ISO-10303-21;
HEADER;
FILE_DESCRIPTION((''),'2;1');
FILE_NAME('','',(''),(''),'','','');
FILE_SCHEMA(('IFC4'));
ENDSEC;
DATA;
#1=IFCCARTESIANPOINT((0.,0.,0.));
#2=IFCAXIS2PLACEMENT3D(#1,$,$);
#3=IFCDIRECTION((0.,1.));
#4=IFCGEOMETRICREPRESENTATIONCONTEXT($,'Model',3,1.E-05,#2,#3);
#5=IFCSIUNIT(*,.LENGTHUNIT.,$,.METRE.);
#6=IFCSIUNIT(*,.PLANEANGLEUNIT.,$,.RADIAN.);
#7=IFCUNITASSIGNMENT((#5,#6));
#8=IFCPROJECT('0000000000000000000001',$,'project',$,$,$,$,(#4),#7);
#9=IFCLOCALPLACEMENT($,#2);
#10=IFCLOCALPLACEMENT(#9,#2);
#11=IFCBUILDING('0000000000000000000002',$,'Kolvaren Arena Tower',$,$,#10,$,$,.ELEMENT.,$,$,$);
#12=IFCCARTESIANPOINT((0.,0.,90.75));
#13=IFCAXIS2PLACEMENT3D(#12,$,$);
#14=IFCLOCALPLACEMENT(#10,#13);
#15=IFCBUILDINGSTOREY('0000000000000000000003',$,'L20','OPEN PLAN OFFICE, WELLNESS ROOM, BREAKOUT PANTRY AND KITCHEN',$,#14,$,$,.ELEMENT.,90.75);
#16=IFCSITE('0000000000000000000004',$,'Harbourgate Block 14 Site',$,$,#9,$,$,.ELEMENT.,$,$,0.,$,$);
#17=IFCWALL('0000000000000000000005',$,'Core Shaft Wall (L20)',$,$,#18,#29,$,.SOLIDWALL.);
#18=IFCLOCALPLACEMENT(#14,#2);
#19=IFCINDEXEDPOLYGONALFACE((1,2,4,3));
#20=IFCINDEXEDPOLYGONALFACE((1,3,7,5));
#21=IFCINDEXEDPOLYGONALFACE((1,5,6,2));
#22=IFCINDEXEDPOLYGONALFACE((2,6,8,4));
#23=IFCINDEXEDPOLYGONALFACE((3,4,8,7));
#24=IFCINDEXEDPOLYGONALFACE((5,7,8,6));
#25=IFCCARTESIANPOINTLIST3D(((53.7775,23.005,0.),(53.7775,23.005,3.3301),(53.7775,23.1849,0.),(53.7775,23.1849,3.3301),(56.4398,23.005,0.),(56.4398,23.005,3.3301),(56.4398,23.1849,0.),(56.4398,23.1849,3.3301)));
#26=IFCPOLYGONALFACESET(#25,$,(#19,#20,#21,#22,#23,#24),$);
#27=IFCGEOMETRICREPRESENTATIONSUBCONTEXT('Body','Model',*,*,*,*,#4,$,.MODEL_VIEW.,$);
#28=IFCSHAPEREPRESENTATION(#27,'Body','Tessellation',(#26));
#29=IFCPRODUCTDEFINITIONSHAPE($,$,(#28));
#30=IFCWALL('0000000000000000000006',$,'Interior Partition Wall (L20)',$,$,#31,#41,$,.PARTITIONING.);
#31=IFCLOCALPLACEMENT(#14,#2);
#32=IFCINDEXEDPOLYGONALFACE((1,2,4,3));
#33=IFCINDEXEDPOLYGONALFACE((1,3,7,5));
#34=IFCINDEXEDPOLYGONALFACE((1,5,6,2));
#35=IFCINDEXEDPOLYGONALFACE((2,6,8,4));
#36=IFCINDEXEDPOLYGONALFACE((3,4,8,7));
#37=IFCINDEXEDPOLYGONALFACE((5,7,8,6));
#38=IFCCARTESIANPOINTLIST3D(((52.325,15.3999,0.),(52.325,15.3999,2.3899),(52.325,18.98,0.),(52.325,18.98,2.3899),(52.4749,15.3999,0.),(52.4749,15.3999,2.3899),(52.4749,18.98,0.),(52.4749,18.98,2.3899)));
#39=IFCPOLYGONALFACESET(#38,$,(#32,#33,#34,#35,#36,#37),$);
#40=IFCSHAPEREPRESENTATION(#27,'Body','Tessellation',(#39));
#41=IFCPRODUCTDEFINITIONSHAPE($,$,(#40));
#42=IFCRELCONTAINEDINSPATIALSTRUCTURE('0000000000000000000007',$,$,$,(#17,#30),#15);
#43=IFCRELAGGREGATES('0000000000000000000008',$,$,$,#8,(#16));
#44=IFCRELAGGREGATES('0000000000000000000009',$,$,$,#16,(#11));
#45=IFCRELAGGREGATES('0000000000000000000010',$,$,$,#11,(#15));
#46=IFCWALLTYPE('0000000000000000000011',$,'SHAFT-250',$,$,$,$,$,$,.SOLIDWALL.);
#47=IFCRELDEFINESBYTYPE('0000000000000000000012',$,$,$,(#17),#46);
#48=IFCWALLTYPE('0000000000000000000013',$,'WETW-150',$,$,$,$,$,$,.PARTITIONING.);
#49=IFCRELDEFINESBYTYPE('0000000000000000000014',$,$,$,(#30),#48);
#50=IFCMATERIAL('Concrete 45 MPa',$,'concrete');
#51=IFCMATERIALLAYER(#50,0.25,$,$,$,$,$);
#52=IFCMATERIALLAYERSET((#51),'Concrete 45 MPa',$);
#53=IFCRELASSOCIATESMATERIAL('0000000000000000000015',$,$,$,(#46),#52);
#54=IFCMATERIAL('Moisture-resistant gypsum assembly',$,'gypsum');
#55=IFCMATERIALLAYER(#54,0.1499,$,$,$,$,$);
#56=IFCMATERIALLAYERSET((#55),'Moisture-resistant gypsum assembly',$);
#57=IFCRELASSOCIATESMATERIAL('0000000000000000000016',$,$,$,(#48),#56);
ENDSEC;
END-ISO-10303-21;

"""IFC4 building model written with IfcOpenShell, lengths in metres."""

from ifc_helpers import new_model, si_unit, direction, frame, frame_2d, origin, place, context, subcontext, project, spatial, rectangle, extrude, material, layer, layer_set, type_object, element, save


model = new_model("IFC4")

# Units and contexts
model_context = context("Model", 3, precision=1e-05, world=origin(), true_north=direction((0.0, 1.0)))
body_context = subcontext(model_context, "Body", "Model", "MODEL_VIEW")
ifc_project = project(units=[si_unit("LENGTHUNIT", "METRE"), si_unit("PLANEANGLEUNIT", "RADIAN")], contexts=[model_context])

# Site, building, storey
site_placement = place(None, origin())
site = spatial("IfcSite", under=ifc_project, at=site_placement, Name="Harbourgate Block 14 Site", CompositionType="ELEMENT", RefElevation=0.0)
building_placement = place(site_placement, origin())
building = spatial("IfcBuilding", under=site, at=building_placement, Name="Kolvaren Arena Tower", CompositionType="ELEMENT")
storey_placement = place(building_placement, frame((0.0, 0.0, 90.75)))
storey = spatial("IfcBuildingStorey", under=building, at=storey_placement, Name="L20", Description="OPEN PLAN OFFICE, WELLNESS ROOM, BREAKOUT PANTRY AND KITCHEN", CompositionType="ELEMENT", Elevation=90.75)

# Shared definitions
ifc_material_1 = material(Name="Concrete 45 MPa", Category="concrete")
ifc_layer_1 = layer(ifc_material_1, 0.25)
ifc_layer_set_1 = layer_set([ifc_layer_1], Name="Concrete 45 MPa")
wall_type_1 = type_object("IfcWallType", Name="SHAFT-250", PredefinedType="SOLIDWALL", material=ifc_layer_set_1)

# Walls
wall_1_placement = place(storey_placement, frame((53.7776, 23.095, 0.0), z_axis=(0.0, 0.0, 1.0), x_axis=(1.0, 0.0, 0.0)))
element("IfcWall", 1, at=wall_1_placement, inside=storey, type_object=wall_type_1, Name="Core Shaft Wall (L20)", PredefinedType="SOLIDWALL", context=body_context, shape_type="SweptSolid", body=[
    extrude(rectangle(XDim=2.6624, YDim=0.1799, at=frame_2d((1.3311, 0.0))), origin(), (0.0, 0.0, 1.0), 3.3301),
])
ifc_material_2 = material(Name="Moisture-resistant gypsum assembly", Category="gypsum")
ifc_layer_2 = layer(ifc_material_2, 0.1499)
ifc_layer_set_2 = layer_set([ifc_layer_2], Name="Moisture-resistant gypsum assembly")
wall_type_2 = type_object("IfcWallType", Name="WETW-150", PredefinedType="PARTITIONING", material=ifc_layer_set_2)
wall_2_placement = place(storey_placement, frame((52.3999, 15.3999, 0.0), z_axis=(0.0, 0.0, 1.0), x_axis=(0.0, 1.0, 0.0)))
element("IfcWall", 2, at=wall_2_placement, inside=storey, type_object=wall_type_2, Name="Interior Partition Wall (L20)", PredefinedType="PARTITIONING", context=body_context, shape_type="SweptSolid", body=[
    extrude(rectangle(XDim=3.5801, YDim=0.1499, at=frame_2d((1.79, 0.0))), origin(), (0.0, 0.0, 1.0), 2.3899),
])

save(model, "model.ifc")
